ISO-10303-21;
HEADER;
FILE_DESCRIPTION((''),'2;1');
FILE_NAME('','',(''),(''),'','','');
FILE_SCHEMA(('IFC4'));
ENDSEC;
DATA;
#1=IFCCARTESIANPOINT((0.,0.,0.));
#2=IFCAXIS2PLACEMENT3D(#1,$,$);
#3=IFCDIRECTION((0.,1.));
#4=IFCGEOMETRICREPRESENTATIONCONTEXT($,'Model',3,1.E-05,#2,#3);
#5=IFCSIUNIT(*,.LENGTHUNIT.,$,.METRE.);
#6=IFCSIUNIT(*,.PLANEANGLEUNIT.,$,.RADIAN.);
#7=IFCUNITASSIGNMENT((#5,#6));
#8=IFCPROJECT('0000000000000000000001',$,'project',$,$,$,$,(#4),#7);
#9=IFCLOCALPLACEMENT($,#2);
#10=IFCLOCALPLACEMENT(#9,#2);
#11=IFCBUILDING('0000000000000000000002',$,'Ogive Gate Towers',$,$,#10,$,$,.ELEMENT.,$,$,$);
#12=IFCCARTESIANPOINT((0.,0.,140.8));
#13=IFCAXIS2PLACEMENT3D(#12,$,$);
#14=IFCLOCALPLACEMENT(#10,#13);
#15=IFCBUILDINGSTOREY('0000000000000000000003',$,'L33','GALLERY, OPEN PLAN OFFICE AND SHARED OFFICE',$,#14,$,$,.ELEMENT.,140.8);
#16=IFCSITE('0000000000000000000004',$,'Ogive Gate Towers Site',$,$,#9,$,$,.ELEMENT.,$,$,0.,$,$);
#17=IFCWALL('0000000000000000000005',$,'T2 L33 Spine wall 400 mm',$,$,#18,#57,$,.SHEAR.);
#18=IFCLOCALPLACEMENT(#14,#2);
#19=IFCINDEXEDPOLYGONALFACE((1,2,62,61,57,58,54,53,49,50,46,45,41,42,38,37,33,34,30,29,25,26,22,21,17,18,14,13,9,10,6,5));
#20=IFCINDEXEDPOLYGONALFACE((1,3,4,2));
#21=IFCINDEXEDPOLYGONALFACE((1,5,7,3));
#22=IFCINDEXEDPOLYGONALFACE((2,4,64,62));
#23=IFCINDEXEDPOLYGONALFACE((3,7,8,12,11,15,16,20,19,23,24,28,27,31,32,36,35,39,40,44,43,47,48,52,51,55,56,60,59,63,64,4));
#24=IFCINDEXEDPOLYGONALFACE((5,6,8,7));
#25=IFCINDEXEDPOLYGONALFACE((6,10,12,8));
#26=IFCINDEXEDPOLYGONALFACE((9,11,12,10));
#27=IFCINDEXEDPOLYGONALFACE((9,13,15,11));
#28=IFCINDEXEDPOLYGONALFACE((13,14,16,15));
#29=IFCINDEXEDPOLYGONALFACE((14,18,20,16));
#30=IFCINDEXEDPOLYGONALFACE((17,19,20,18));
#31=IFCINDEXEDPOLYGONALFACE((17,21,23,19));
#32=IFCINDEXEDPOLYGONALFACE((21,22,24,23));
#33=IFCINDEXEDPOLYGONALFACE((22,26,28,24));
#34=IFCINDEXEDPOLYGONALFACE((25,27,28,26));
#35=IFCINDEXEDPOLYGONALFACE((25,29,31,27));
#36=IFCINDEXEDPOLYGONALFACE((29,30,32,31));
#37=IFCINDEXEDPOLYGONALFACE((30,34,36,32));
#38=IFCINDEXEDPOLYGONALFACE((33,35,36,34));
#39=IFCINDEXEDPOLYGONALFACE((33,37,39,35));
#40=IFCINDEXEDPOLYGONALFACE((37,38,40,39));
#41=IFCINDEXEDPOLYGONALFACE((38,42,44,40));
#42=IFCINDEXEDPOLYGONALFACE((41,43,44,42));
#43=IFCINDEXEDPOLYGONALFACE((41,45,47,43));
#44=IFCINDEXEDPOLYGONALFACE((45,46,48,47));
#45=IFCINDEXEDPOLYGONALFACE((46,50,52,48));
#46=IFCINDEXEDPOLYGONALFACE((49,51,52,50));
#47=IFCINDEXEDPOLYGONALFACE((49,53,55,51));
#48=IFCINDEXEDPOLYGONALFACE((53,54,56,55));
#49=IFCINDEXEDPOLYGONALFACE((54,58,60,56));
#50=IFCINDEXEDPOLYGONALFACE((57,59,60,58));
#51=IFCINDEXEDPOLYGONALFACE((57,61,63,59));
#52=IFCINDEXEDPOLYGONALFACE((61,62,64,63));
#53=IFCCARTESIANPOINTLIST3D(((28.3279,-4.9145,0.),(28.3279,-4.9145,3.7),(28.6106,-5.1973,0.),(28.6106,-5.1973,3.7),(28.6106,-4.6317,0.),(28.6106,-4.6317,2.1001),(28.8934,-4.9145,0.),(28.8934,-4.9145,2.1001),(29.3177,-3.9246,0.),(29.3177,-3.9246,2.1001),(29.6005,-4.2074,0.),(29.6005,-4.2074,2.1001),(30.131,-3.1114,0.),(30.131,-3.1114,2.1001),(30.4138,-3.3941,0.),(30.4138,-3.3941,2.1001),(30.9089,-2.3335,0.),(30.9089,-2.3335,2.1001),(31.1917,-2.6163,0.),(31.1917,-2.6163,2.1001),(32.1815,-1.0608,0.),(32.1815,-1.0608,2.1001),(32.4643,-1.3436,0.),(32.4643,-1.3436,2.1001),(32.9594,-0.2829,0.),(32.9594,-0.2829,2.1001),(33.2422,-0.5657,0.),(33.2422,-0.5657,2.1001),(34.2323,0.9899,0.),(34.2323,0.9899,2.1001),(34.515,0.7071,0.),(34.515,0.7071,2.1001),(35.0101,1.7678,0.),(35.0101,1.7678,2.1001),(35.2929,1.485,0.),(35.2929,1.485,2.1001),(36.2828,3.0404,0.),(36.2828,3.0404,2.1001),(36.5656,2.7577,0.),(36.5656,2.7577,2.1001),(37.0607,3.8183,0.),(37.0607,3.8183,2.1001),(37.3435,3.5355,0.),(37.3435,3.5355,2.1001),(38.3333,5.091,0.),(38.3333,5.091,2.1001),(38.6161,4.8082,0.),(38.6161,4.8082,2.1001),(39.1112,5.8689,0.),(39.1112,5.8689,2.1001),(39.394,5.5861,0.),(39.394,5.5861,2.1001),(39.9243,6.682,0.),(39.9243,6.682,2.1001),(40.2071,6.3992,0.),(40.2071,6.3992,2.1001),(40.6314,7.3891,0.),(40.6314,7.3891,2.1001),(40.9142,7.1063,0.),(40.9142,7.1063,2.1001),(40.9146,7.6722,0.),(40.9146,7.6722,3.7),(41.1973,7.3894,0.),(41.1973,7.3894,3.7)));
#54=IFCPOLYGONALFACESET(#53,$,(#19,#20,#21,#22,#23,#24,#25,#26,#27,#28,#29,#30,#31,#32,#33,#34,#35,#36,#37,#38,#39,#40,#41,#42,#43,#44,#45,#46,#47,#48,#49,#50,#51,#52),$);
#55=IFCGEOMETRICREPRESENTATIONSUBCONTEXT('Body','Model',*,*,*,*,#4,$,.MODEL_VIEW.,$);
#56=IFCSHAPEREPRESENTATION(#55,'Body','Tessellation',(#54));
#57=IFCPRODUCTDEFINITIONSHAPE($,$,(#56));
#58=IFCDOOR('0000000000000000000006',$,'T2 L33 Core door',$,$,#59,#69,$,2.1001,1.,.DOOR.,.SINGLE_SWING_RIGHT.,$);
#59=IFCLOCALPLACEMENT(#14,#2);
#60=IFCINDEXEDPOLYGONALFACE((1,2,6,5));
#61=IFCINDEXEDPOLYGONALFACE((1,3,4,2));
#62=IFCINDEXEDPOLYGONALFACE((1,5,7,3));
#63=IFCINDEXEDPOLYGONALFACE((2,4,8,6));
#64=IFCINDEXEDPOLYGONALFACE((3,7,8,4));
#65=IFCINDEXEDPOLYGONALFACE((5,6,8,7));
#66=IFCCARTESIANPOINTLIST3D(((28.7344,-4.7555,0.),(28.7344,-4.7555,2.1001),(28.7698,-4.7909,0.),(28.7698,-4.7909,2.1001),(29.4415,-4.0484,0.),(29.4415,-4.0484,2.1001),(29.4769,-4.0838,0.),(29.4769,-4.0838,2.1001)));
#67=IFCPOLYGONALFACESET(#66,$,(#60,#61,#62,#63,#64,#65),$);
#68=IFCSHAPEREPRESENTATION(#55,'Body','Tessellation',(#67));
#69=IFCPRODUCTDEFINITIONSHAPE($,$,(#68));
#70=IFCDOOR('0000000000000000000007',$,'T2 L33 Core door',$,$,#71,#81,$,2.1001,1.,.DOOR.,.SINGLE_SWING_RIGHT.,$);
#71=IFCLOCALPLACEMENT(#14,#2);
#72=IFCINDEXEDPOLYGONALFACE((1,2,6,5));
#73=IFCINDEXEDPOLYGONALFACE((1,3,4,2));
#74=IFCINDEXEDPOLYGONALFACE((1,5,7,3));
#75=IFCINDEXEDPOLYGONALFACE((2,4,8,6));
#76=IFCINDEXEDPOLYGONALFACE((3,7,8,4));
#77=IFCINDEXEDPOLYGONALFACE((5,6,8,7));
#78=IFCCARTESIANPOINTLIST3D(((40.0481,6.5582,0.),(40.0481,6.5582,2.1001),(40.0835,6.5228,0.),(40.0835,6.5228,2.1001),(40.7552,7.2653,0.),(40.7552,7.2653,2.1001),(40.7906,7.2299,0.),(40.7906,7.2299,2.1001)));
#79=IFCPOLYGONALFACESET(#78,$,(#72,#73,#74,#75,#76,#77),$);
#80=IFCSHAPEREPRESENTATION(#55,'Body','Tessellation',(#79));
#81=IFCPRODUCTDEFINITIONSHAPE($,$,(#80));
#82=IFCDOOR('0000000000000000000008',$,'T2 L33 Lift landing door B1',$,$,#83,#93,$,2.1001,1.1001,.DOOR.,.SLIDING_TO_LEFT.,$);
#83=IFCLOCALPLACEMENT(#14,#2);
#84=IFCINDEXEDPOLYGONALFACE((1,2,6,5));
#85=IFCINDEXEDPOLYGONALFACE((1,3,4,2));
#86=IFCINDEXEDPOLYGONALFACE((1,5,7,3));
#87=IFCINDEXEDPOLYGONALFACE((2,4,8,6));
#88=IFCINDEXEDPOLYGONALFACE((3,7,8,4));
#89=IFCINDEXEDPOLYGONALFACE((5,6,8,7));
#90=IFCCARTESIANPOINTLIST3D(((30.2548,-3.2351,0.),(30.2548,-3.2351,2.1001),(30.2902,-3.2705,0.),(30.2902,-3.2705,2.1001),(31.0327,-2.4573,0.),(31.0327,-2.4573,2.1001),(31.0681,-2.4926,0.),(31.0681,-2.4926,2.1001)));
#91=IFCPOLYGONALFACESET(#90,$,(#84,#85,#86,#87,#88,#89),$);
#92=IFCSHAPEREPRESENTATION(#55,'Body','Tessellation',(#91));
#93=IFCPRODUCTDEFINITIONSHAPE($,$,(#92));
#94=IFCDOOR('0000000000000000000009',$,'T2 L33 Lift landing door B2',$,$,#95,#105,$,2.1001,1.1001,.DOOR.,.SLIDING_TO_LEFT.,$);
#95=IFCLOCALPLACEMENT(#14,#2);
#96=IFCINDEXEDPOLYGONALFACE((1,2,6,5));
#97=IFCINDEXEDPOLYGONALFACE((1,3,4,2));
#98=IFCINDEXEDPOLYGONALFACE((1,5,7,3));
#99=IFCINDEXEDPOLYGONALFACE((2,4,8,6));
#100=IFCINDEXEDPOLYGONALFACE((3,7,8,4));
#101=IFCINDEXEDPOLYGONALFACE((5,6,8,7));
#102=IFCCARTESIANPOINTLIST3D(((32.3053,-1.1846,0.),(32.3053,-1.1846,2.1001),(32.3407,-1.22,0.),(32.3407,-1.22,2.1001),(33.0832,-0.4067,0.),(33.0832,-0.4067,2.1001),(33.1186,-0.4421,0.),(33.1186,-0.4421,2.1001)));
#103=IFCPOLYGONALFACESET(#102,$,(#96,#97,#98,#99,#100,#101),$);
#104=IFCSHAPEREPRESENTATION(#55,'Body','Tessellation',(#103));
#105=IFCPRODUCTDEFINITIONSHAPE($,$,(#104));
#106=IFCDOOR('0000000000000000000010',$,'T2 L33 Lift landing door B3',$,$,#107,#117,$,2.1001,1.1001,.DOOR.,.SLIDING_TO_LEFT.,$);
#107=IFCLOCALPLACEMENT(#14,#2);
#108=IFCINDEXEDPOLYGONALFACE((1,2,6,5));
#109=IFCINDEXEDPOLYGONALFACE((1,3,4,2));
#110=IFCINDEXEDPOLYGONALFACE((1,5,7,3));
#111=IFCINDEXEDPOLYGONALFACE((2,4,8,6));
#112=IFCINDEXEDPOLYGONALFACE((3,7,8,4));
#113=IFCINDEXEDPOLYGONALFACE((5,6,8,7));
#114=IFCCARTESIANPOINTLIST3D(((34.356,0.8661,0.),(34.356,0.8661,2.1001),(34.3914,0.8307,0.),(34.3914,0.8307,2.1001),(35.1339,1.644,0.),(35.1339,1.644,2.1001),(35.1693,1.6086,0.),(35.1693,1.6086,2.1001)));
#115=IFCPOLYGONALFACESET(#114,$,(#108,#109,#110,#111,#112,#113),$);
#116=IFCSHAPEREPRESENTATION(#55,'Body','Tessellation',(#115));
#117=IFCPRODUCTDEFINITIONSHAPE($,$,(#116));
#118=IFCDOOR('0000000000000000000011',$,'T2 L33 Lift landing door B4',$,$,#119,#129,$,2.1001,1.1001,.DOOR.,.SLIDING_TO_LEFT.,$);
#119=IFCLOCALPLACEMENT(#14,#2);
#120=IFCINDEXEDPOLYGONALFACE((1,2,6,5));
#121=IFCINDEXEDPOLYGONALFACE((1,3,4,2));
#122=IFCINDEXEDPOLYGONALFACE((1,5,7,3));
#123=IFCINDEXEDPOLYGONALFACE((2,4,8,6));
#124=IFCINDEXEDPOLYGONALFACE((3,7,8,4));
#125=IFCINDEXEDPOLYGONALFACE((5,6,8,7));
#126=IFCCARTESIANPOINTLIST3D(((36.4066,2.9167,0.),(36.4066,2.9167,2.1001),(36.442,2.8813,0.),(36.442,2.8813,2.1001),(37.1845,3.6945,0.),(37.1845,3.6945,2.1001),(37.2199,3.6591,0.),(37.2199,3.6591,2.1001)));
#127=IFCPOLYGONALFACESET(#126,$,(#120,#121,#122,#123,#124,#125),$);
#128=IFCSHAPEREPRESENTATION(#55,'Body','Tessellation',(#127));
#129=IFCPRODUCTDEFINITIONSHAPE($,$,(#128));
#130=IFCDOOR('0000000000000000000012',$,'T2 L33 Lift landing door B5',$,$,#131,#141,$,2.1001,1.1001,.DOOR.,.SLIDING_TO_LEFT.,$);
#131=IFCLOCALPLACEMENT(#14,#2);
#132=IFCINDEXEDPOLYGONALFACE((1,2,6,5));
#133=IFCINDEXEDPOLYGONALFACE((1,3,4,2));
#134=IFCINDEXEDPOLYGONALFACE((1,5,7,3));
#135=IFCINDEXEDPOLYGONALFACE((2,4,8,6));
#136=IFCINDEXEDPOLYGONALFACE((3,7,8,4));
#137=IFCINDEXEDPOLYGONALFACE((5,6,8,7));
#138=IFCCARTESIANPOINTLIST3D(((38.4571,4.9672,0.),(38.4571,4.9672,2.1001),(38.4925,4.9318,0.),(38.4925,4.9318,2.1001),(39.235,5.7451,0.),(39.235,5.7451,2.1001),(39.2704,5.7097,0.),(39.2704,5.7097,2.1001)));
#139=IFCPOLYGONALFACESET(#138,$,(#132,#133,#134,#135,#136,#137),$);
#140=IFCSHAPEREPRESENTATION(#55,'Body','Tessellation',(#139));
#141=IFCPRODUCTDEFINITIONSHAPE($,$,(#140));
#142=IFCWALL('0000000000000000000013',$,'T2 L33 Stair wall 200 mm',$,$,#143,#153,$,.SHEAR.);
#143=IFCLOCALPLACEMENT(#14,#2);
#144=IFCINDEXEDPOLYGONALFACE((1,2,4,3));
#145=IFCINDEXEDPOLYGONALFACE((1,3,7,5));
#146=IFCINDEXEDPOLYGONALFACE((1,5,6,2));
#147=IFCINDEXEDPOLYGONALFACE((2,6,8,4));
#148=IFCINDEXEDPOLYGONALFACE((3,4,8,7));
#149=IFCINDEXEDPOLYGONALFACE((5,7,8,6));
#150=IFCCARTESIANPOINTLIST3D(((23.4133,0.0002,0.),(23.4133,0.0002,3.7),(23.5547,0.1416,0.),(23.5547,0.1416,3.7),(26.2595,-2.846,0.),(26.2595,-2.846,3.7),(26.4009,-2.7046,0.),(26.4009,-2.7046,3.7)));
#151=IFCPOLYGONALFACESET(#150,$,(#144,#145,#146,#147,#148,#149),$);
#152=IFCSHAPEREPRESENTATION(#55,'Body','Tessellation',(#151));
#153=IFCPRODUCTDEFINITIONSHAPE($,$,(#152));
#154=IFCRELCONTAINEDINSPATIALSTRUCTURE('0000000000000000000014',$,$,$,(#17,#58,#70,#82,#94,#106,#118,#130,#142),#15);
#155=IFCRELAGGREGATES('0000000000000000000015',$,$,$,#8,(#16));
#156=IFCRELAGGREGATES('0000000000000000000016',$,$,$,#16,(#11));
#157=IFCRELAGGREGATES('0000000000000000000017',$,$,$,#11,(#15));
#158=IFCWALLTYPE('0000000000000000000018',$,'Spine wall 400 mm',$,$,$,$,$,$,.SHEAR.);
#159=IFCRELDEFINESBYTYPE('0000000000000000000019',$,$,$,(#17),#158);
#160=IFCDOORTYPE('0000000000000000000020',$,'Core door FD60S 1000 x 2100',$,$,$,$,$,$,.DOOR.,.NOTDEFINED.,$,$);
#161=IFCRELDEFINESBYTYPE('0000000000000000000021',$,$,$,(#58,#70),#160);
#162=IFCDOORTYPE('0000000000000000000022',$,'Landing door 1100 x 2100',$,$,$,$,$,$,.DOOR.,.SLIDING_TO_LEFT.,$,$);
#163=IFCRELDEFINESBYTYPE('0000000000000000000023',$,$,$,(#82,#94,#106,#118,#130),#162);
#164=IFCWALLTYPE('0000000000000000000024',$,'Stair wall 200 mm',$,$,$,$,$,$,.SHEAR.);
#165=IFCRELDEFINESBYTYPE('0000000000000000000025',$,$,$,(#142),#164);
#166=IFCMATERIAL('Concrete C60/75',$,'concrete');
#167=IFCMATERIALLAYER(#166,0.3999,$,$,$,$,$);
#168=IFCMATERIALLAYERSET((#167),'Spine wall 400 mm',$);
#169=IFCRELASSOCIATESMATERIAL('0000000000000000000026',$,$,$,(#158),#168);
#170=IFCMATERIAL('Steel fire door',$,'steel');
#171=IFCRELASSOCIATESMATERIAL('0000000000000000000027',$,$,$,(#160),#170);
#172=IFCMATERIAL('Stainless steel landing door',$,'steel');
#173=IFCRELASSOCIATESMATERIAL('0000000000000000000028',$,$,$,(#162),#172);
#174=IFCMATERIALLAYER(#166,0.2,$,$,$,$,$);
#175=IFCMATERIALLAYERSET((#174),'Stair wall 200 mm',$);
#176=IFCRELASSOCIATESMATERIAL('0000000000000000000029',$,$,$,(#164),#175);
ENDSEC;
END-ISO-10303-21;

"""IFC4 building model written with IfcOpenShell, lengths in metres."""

from ifc_helpers import new_model, si_unit, direction, frame, frame_2d, origin, place, context, subcontext, project, spatial, rectangle, extrude, material, layer, layer_set, type_object, element, fill, save


model = new_model("IFC4")

# Units and contexts
model_context = context("Model", 3, precision=1e-05, world=origin(), true_north=direction((0.0, 1.0)))
body_context = subcontext(model_context, "Body", "Model", "MODEL_VIEW")
ifc_project = project(units=[si_unit("LENGTHUNIT", "METRE"), si_unit("PLANEANGLEUNIT", "RADIAN")], contexts=[model_context])

# Site, building, storey
site_placement = place(None, origin())
site = spatial("IfcSite", under=ifc_project, at=site_placement, Name="Ogive Gate Towers Site", CompositionType="ELEMENT", RefElevation=0.0)
building_placement = place(site_placement, origin())
building = spatial("IfcBuilding", under=site, at=building_placement, Name="Ogive Gate Towers", CompositionType="ELEMENT")
storey_placement = place(building_placement, frame((0.0, 0.0, 140.8)))
storey = spatial("IfcBuildingStorey", under=building, at=storey_placement, Name="L33", Description="GALLERY, OPEN PLAN OFFICE AND SHARED OFFICE", CompositionType="ELEMENT", Elevation=140.8)

# Shared definitions
ifc_material_1 = material(Name="Concrete C60/75", Category="concrete")

# Wall, openings, doors
ifc_layer_1 = layer(ifc_material_1, 0.3999)
ifc_layer_set_1 = layer_set([ifc_layer_1], Name="Spine wall 400 mm")
wall_type_1 = type_object("IfcWallType", Name="Spine wall 400 mm", PredefinedType="SHEAR", material=ifc_layer_set_1)
ifc_material_2 = material(Name="Steel fire door", Category="steel")
door_type_1 = type_object("IfcDoorType", Name="Core door FD60S 1000 x 2100", OperationType="NOTDEFINED", PredefinedType="DOOR", material=ifc_material_2)
ifc_material_3 = material(Name="Stainless steel landing door", Category="steel")
door_type_2 = type_object("IfcDoorType", Name="Landing door 1100 x 2100", OperationType="SLIDING_TO_LEFT", PredefinedType="DOOR", material=ifc_material_3)
wall_1_placement = place(storey_placement, frame((28.4692, -5.0559, 0.0), z_axis=(0.0, 0.0, 1.0), x_axis=(0.707107, 0.707107, 0.0)))
wall_1 = element("IfcWall", 1, at=wall_1_placement, inside=storey, type_object=wall_type_1, Name="T2 L33 Spine wall 400 mm", PredefinedType="SHEAR", context=body_context, shape_type="SweptSolid", body=[
    extrude(rectangle(XDim=17.8003, YDim=0.3999, at=frame_2d((8.9001, 0.0))), origin(), (0.0, 0.0, 1.0), 3.7),
])
opening_1_placement = place(wall_1_placement, frame((0.3999, 0.0, 0.0)))
opening_1 = element("IfcOpeningElement", 2, at=opening_1_placement, cuts=wall_1, PredefinedType="OPENING", context=body_context, shape_type="SweptSolid", body=[
    extrude(rectangle(XDim=1.0, YDim=2.1001, at=frame_2d((0.5, 1.05))), frame((0.0, 0.21, 0.0), z_axis=(0.0, -1.0, 0.0), x_axis=(1.0, 0.0, 0.0)), (0.0, 0.0, 1.0), 0.4199),
])
opening_2_placement = place(wall_1_placement, frame((2.55, 0.0, 0.0)))
opening_2 = element("IfcOpeningElement", 3, at=opening_2_placement, cuts=wall_1, PredefinedType="OPENING", context=body_context, shape_type="SweptSolid", body=[
    extrude(rectangle(XDim=1.1001, YDim=2.1001, at=frame_2d((0.55, 1.05))), frame((0.0, 0.21, 0.0), z_axis=(0.0, -1.0, 0.0), x_axis=(1.0, 0.0, 0.0)), (0.0, 0.0, 1.0), 0.4199),
])
opening_3_placement = place(wall_1_placement, frame((5.45, 0.0, 0.0)))
opening_3 = element("IfcOpeningElement", 4, at=opening_3_placement, cuts=wall_1, PredefinedType="OPENING", context=body_context, shape_type="SweptSolid", body=[
    extrude(rectangle(XDim=1.1001, YDim=2.1001, at=frame_2d((0.55, 1.05))), frame((0.0, 0.21, 0.0), z_axis=(0.0, -1.0, 0.0), x_axis=(1.0, 0.0, 0.0)), (0.0, 0.0, 1.0), 0.4199),
])
opening_4_placement = place(wall_1_placement, frame((8.3501, 0.0, 0.0)))
opening_4 = element("IfcOpeningElement", 5, at=opening_4_placement, cuts=wall_1, PredefinedType="OPENING", context=body_context, shape_type="SweptSolid", body=[
    extrude(rectangle(XDim=1.1001, YDim=2.1001, at=frame_2d((0.55, 1.05))), frame((0.0, 0.21, 0.0), z_axis=(0.0, -1.0, 0.0), x_axis=(1.0, 0.0, 0.0)), (0.0, 0.0, 1.0), 0.4199),
])
opening_5_placement = place(wall_1_placement, frame((11.25, 0.0, 0.0)))
opening_5 = element("IfcOpeningElement", 6, at=opening_5_placement, cuts=wall_1, PredefinedType="OPENING", context=body_context, shape_type="SweptSolid", body=[
    extrude(rectangle(XDim=1.1001, YDim=2.1001, at=frame_2d((0.55, 1.05))), frame((0.0, 0.21, 0.0), z_axis=(0.0, -1.0, 0.0), x_axis=(1.0, 0.0, 0.0)), (0.0, 0.0, 1.0), 0.4199),
])
opening_6_placement = place(wall_1_placement, frame((14.1499, 0.0, 0.0)))
opening_6 = element("IfcOpeningElement", 7, at=opening_6_placement, cuts=wall_1, PredefinedType="OPENING", context=body_context, shape_type="SweptSolid", body=[
    extrude(rectangle(XDim=1.1001, YDim=2.1001, at=frame_2d((0.55, 1.05))), frame((0.0, 0.21, 0.0), z_axis=(0.0, -1.0, 0.0), x_axis=(1.0, 0.0, 0.0)), (0.0, 0.0, 1.0), 0.4199),
])
opening_7_placement = place(wall_1_placement, frame((16.3999, 0.0, 0.0)))
opening_7 = element("IfcOpeningElement", 8, at=opening_7_placement, cuts=wall_1, PredefinedType="OPENING", context=body_context, shape_type="SweptSolid", body=[
    extrude(rectangle(XDim=1.0, YDim=2.1001, at=frame_2d((0.5, 1.05))), frame((0.0, 0.21, 0.0), z_axis=(0.0, -1.0, 0.0), x_axis=(1.0, 0.0, 0.0)), (0.0, 0.0, 1.0), 0.4199),
])
door_1_placement = place(opening_1_placement, origin())
door_1 = element("IfcDoor", 9, at=door_1_placement, inside=storey, type_object=door_type_1, Name="T2 L33 Core door", OperationType="SINGLE_SWING_RIGHT", OverallHeight=2.1001, OverallWidth=1.0, PredefinedType="DOOR", context=body_context, shape_type="SweptSolid", body=[
    extrude(rectangle(XDim=1.0, YDim=2.1001, at=frame_2d((0.5, 1.05))), frame((0.0, 0.0249, 0.0), z_axis=(0.0, -1.0, 0.0), x_axis=(1.0, 0.0, 0.0)), (0.0, 0.0, 1.0), 0.05),
])
fill(opening_1, door_1)
door_2_placement = place(opening_7_placement, origin())
door_2 = element("IfcDoor", 10, at=door_2_placement, inside=storey, type_object=door_type_1, Name="T2 L33 Core door", OperationType="SINGLE_SWING_RIGHT", OverallHeight=2.1001, OverallWidth=1.0, PredefinedType="DOOR", context=body_context, shape_type="SweptSolid", body=[
    extrude(rectangle(XDim=1.0, YDim=2.1001, at=frame_2d((0.5, 1.05))), frame((0.0, 0.0249, 0.0), z_axis=(0.0, -1.0, 0.0), x_axis=(1.0, 0.0, 0.0)), (0.0, 0.0, 1.0), 0.05),
])
fill(opening_7, door_2)
door_3_placement = place(opening_2_placement, origin())
door_3 = element("IfcDoor", 11, at=door_3_placement, inside=storey, type_object=door_type_2, Name="T2 L33 Lift landing door B1", OperationType="SLIDING_TO_LEFT", OverallHeight=2.1001, OverallWidth=1.1001, PredefinedType="DOOR", context=body_context, shape_type="SweptSolid", body=[
    extrude(rectangle(XDim=1.1001, YDim=2.1001, at=frame_2d((0.55, 1.05))), frame((0.0, 0.0249, 0.0), z_axis=(0.0, -1.0, 0.0), x_axis=(1.0, 0.0, 0.0)), (0.0, 0.0, 1.0), 0.05),
])
fill(opening_2, door_3)
door_4_placement = place(opening_3_placement, origin())
door_4 = element("IfcDoor", 12, at=door_4_placement, inside=storey, type_object=door_type_2, Name="T2 L33 Lift landing door B2", OperationType="SLIDING_TO_LEFT", OverallHeight=2.1001, OverallWidth=1.1001, PredefinedType="DOOR", context=body_context, shape_type="SweptSolid", body=[
    extrude(rectangle(XDim=1.1001, YDim=2.1001, at=frame_2d((0.55, 1.05))), frame((0.0, 0.0249, 0.0), z_axis=(0.0, -1.0, 0.0), x_axis=(1.0, 0.0, 0.0)), (0.0, 0.0, 1.0), 0.05),
])
fill(opening_3, door_4)
door_5_placement = place(opening_4_placement, origin())
door_5 = element("IfcDoor", 13, at=door_5_placement, inside=storey, type_object=door_type_2, Name="T2 L33 Lift landing door B3", OperationType="SLIDING_TO_LEFT", OverallHeight=2.1001, OverallWidth=1.1001, PredefinedType="DOOR", context=body_context, shape_type="SweptSolid", body=[
    extrude(rectangle(XDim=1.1001, YDim=2.1001, at=frame_2d((0.55, 1.05))), frame((0.0, 0.0249, 0.0), z_axis=(0.0, -1.0, 0.0), x_axis=(1.0, 0.0, 0.0)), (0.0, 0.0, 1.0), 0.05),
])
fill(opening_4, door_5)
door_6_placement = place(opening_5_placement, origin())
door_6 = element("IfcDoor", 14, at=door_6_placement, inside=storey, type_object=door_type_2, Name="T2 L33 Lift landing door B4", OperationType="SLIDING_TO_LEFT", OverallHeight=2.1001, OverallWidth=1.1001, PredefinedType="DOOR", context=body_context, shape_type="SweptSolid", body=[
    extrude(rectangle(XDim=1.1001, YDim=2.1001, at=frame_2d((0.55, 1.05))), frame((0.0, 0.0249, 0.0), z_axis=(0.0, -1.0, 0.0), x_axis=(1.0, 0.0, 0.0)), (0.0, 0.0, 1.0), 0.05),
])
fill(opening_5, door_6)
door_7_placement = place(opening_6_placement, origin())
door_7 = element("IfcDoor", 15, at=door_7_placement, inside=storey, type_object=door_type_2, Name="T2 L33 Lift landing door B5", OperationType="SLIDING_TO_LEFT", OverallHeight=2.1001, OverallWidth=1.1001, PredefinedType="DOOR", context=body_context, shape_type="SweptSolid", body=[
    extrude(rectangle(XDim=1.1001, YDim=2.1001, at=frame_2d((0.55, 1.05))), frame((0.0, 0.0249, 0.0), z_axis=(0.0, -1.0, 0.0), x_axis=(1.0, 0.0, 0.0)), (0.0, 0.0, 1.0), 0.05),
])
fill(opening_6, door_7)

# Wall
ifc_layer_2 = layer(ifc_material_1, 0.2)
ifc_layer_set_2 = layer_set([ifc_layer_2], Name="Stair wall 200 mm")
wall_type_2 = type_object("IfcWallType", Name="Stair wall 200 mm", PredefinedType="SHEAR", material=ifc_layer_set_2)
wall_2_placement = place(storey_placement, frame((26.3303, -2.7754, 0.0), z_axis=(0.0, 0.0, 1.0), x_axis=(-0.707107, 0.707107, 0.0)))
element("IfcWall", 16, at=wall_2_placement, inside=storey, type_object=wall_type_2, Name="T2 L33 Stair wall 200 mm", PredefinedType="SHEAR", context=body_context, shape_type="SweptSolid", body=[
    extrude(rectangle(XDim=4.0251, YDim=0.2, at=frame_2d((2.0127, 0.0))), origin(), (0.0, 0.0, 1.0), 3.7),
])

save(model, "model.ifc")
